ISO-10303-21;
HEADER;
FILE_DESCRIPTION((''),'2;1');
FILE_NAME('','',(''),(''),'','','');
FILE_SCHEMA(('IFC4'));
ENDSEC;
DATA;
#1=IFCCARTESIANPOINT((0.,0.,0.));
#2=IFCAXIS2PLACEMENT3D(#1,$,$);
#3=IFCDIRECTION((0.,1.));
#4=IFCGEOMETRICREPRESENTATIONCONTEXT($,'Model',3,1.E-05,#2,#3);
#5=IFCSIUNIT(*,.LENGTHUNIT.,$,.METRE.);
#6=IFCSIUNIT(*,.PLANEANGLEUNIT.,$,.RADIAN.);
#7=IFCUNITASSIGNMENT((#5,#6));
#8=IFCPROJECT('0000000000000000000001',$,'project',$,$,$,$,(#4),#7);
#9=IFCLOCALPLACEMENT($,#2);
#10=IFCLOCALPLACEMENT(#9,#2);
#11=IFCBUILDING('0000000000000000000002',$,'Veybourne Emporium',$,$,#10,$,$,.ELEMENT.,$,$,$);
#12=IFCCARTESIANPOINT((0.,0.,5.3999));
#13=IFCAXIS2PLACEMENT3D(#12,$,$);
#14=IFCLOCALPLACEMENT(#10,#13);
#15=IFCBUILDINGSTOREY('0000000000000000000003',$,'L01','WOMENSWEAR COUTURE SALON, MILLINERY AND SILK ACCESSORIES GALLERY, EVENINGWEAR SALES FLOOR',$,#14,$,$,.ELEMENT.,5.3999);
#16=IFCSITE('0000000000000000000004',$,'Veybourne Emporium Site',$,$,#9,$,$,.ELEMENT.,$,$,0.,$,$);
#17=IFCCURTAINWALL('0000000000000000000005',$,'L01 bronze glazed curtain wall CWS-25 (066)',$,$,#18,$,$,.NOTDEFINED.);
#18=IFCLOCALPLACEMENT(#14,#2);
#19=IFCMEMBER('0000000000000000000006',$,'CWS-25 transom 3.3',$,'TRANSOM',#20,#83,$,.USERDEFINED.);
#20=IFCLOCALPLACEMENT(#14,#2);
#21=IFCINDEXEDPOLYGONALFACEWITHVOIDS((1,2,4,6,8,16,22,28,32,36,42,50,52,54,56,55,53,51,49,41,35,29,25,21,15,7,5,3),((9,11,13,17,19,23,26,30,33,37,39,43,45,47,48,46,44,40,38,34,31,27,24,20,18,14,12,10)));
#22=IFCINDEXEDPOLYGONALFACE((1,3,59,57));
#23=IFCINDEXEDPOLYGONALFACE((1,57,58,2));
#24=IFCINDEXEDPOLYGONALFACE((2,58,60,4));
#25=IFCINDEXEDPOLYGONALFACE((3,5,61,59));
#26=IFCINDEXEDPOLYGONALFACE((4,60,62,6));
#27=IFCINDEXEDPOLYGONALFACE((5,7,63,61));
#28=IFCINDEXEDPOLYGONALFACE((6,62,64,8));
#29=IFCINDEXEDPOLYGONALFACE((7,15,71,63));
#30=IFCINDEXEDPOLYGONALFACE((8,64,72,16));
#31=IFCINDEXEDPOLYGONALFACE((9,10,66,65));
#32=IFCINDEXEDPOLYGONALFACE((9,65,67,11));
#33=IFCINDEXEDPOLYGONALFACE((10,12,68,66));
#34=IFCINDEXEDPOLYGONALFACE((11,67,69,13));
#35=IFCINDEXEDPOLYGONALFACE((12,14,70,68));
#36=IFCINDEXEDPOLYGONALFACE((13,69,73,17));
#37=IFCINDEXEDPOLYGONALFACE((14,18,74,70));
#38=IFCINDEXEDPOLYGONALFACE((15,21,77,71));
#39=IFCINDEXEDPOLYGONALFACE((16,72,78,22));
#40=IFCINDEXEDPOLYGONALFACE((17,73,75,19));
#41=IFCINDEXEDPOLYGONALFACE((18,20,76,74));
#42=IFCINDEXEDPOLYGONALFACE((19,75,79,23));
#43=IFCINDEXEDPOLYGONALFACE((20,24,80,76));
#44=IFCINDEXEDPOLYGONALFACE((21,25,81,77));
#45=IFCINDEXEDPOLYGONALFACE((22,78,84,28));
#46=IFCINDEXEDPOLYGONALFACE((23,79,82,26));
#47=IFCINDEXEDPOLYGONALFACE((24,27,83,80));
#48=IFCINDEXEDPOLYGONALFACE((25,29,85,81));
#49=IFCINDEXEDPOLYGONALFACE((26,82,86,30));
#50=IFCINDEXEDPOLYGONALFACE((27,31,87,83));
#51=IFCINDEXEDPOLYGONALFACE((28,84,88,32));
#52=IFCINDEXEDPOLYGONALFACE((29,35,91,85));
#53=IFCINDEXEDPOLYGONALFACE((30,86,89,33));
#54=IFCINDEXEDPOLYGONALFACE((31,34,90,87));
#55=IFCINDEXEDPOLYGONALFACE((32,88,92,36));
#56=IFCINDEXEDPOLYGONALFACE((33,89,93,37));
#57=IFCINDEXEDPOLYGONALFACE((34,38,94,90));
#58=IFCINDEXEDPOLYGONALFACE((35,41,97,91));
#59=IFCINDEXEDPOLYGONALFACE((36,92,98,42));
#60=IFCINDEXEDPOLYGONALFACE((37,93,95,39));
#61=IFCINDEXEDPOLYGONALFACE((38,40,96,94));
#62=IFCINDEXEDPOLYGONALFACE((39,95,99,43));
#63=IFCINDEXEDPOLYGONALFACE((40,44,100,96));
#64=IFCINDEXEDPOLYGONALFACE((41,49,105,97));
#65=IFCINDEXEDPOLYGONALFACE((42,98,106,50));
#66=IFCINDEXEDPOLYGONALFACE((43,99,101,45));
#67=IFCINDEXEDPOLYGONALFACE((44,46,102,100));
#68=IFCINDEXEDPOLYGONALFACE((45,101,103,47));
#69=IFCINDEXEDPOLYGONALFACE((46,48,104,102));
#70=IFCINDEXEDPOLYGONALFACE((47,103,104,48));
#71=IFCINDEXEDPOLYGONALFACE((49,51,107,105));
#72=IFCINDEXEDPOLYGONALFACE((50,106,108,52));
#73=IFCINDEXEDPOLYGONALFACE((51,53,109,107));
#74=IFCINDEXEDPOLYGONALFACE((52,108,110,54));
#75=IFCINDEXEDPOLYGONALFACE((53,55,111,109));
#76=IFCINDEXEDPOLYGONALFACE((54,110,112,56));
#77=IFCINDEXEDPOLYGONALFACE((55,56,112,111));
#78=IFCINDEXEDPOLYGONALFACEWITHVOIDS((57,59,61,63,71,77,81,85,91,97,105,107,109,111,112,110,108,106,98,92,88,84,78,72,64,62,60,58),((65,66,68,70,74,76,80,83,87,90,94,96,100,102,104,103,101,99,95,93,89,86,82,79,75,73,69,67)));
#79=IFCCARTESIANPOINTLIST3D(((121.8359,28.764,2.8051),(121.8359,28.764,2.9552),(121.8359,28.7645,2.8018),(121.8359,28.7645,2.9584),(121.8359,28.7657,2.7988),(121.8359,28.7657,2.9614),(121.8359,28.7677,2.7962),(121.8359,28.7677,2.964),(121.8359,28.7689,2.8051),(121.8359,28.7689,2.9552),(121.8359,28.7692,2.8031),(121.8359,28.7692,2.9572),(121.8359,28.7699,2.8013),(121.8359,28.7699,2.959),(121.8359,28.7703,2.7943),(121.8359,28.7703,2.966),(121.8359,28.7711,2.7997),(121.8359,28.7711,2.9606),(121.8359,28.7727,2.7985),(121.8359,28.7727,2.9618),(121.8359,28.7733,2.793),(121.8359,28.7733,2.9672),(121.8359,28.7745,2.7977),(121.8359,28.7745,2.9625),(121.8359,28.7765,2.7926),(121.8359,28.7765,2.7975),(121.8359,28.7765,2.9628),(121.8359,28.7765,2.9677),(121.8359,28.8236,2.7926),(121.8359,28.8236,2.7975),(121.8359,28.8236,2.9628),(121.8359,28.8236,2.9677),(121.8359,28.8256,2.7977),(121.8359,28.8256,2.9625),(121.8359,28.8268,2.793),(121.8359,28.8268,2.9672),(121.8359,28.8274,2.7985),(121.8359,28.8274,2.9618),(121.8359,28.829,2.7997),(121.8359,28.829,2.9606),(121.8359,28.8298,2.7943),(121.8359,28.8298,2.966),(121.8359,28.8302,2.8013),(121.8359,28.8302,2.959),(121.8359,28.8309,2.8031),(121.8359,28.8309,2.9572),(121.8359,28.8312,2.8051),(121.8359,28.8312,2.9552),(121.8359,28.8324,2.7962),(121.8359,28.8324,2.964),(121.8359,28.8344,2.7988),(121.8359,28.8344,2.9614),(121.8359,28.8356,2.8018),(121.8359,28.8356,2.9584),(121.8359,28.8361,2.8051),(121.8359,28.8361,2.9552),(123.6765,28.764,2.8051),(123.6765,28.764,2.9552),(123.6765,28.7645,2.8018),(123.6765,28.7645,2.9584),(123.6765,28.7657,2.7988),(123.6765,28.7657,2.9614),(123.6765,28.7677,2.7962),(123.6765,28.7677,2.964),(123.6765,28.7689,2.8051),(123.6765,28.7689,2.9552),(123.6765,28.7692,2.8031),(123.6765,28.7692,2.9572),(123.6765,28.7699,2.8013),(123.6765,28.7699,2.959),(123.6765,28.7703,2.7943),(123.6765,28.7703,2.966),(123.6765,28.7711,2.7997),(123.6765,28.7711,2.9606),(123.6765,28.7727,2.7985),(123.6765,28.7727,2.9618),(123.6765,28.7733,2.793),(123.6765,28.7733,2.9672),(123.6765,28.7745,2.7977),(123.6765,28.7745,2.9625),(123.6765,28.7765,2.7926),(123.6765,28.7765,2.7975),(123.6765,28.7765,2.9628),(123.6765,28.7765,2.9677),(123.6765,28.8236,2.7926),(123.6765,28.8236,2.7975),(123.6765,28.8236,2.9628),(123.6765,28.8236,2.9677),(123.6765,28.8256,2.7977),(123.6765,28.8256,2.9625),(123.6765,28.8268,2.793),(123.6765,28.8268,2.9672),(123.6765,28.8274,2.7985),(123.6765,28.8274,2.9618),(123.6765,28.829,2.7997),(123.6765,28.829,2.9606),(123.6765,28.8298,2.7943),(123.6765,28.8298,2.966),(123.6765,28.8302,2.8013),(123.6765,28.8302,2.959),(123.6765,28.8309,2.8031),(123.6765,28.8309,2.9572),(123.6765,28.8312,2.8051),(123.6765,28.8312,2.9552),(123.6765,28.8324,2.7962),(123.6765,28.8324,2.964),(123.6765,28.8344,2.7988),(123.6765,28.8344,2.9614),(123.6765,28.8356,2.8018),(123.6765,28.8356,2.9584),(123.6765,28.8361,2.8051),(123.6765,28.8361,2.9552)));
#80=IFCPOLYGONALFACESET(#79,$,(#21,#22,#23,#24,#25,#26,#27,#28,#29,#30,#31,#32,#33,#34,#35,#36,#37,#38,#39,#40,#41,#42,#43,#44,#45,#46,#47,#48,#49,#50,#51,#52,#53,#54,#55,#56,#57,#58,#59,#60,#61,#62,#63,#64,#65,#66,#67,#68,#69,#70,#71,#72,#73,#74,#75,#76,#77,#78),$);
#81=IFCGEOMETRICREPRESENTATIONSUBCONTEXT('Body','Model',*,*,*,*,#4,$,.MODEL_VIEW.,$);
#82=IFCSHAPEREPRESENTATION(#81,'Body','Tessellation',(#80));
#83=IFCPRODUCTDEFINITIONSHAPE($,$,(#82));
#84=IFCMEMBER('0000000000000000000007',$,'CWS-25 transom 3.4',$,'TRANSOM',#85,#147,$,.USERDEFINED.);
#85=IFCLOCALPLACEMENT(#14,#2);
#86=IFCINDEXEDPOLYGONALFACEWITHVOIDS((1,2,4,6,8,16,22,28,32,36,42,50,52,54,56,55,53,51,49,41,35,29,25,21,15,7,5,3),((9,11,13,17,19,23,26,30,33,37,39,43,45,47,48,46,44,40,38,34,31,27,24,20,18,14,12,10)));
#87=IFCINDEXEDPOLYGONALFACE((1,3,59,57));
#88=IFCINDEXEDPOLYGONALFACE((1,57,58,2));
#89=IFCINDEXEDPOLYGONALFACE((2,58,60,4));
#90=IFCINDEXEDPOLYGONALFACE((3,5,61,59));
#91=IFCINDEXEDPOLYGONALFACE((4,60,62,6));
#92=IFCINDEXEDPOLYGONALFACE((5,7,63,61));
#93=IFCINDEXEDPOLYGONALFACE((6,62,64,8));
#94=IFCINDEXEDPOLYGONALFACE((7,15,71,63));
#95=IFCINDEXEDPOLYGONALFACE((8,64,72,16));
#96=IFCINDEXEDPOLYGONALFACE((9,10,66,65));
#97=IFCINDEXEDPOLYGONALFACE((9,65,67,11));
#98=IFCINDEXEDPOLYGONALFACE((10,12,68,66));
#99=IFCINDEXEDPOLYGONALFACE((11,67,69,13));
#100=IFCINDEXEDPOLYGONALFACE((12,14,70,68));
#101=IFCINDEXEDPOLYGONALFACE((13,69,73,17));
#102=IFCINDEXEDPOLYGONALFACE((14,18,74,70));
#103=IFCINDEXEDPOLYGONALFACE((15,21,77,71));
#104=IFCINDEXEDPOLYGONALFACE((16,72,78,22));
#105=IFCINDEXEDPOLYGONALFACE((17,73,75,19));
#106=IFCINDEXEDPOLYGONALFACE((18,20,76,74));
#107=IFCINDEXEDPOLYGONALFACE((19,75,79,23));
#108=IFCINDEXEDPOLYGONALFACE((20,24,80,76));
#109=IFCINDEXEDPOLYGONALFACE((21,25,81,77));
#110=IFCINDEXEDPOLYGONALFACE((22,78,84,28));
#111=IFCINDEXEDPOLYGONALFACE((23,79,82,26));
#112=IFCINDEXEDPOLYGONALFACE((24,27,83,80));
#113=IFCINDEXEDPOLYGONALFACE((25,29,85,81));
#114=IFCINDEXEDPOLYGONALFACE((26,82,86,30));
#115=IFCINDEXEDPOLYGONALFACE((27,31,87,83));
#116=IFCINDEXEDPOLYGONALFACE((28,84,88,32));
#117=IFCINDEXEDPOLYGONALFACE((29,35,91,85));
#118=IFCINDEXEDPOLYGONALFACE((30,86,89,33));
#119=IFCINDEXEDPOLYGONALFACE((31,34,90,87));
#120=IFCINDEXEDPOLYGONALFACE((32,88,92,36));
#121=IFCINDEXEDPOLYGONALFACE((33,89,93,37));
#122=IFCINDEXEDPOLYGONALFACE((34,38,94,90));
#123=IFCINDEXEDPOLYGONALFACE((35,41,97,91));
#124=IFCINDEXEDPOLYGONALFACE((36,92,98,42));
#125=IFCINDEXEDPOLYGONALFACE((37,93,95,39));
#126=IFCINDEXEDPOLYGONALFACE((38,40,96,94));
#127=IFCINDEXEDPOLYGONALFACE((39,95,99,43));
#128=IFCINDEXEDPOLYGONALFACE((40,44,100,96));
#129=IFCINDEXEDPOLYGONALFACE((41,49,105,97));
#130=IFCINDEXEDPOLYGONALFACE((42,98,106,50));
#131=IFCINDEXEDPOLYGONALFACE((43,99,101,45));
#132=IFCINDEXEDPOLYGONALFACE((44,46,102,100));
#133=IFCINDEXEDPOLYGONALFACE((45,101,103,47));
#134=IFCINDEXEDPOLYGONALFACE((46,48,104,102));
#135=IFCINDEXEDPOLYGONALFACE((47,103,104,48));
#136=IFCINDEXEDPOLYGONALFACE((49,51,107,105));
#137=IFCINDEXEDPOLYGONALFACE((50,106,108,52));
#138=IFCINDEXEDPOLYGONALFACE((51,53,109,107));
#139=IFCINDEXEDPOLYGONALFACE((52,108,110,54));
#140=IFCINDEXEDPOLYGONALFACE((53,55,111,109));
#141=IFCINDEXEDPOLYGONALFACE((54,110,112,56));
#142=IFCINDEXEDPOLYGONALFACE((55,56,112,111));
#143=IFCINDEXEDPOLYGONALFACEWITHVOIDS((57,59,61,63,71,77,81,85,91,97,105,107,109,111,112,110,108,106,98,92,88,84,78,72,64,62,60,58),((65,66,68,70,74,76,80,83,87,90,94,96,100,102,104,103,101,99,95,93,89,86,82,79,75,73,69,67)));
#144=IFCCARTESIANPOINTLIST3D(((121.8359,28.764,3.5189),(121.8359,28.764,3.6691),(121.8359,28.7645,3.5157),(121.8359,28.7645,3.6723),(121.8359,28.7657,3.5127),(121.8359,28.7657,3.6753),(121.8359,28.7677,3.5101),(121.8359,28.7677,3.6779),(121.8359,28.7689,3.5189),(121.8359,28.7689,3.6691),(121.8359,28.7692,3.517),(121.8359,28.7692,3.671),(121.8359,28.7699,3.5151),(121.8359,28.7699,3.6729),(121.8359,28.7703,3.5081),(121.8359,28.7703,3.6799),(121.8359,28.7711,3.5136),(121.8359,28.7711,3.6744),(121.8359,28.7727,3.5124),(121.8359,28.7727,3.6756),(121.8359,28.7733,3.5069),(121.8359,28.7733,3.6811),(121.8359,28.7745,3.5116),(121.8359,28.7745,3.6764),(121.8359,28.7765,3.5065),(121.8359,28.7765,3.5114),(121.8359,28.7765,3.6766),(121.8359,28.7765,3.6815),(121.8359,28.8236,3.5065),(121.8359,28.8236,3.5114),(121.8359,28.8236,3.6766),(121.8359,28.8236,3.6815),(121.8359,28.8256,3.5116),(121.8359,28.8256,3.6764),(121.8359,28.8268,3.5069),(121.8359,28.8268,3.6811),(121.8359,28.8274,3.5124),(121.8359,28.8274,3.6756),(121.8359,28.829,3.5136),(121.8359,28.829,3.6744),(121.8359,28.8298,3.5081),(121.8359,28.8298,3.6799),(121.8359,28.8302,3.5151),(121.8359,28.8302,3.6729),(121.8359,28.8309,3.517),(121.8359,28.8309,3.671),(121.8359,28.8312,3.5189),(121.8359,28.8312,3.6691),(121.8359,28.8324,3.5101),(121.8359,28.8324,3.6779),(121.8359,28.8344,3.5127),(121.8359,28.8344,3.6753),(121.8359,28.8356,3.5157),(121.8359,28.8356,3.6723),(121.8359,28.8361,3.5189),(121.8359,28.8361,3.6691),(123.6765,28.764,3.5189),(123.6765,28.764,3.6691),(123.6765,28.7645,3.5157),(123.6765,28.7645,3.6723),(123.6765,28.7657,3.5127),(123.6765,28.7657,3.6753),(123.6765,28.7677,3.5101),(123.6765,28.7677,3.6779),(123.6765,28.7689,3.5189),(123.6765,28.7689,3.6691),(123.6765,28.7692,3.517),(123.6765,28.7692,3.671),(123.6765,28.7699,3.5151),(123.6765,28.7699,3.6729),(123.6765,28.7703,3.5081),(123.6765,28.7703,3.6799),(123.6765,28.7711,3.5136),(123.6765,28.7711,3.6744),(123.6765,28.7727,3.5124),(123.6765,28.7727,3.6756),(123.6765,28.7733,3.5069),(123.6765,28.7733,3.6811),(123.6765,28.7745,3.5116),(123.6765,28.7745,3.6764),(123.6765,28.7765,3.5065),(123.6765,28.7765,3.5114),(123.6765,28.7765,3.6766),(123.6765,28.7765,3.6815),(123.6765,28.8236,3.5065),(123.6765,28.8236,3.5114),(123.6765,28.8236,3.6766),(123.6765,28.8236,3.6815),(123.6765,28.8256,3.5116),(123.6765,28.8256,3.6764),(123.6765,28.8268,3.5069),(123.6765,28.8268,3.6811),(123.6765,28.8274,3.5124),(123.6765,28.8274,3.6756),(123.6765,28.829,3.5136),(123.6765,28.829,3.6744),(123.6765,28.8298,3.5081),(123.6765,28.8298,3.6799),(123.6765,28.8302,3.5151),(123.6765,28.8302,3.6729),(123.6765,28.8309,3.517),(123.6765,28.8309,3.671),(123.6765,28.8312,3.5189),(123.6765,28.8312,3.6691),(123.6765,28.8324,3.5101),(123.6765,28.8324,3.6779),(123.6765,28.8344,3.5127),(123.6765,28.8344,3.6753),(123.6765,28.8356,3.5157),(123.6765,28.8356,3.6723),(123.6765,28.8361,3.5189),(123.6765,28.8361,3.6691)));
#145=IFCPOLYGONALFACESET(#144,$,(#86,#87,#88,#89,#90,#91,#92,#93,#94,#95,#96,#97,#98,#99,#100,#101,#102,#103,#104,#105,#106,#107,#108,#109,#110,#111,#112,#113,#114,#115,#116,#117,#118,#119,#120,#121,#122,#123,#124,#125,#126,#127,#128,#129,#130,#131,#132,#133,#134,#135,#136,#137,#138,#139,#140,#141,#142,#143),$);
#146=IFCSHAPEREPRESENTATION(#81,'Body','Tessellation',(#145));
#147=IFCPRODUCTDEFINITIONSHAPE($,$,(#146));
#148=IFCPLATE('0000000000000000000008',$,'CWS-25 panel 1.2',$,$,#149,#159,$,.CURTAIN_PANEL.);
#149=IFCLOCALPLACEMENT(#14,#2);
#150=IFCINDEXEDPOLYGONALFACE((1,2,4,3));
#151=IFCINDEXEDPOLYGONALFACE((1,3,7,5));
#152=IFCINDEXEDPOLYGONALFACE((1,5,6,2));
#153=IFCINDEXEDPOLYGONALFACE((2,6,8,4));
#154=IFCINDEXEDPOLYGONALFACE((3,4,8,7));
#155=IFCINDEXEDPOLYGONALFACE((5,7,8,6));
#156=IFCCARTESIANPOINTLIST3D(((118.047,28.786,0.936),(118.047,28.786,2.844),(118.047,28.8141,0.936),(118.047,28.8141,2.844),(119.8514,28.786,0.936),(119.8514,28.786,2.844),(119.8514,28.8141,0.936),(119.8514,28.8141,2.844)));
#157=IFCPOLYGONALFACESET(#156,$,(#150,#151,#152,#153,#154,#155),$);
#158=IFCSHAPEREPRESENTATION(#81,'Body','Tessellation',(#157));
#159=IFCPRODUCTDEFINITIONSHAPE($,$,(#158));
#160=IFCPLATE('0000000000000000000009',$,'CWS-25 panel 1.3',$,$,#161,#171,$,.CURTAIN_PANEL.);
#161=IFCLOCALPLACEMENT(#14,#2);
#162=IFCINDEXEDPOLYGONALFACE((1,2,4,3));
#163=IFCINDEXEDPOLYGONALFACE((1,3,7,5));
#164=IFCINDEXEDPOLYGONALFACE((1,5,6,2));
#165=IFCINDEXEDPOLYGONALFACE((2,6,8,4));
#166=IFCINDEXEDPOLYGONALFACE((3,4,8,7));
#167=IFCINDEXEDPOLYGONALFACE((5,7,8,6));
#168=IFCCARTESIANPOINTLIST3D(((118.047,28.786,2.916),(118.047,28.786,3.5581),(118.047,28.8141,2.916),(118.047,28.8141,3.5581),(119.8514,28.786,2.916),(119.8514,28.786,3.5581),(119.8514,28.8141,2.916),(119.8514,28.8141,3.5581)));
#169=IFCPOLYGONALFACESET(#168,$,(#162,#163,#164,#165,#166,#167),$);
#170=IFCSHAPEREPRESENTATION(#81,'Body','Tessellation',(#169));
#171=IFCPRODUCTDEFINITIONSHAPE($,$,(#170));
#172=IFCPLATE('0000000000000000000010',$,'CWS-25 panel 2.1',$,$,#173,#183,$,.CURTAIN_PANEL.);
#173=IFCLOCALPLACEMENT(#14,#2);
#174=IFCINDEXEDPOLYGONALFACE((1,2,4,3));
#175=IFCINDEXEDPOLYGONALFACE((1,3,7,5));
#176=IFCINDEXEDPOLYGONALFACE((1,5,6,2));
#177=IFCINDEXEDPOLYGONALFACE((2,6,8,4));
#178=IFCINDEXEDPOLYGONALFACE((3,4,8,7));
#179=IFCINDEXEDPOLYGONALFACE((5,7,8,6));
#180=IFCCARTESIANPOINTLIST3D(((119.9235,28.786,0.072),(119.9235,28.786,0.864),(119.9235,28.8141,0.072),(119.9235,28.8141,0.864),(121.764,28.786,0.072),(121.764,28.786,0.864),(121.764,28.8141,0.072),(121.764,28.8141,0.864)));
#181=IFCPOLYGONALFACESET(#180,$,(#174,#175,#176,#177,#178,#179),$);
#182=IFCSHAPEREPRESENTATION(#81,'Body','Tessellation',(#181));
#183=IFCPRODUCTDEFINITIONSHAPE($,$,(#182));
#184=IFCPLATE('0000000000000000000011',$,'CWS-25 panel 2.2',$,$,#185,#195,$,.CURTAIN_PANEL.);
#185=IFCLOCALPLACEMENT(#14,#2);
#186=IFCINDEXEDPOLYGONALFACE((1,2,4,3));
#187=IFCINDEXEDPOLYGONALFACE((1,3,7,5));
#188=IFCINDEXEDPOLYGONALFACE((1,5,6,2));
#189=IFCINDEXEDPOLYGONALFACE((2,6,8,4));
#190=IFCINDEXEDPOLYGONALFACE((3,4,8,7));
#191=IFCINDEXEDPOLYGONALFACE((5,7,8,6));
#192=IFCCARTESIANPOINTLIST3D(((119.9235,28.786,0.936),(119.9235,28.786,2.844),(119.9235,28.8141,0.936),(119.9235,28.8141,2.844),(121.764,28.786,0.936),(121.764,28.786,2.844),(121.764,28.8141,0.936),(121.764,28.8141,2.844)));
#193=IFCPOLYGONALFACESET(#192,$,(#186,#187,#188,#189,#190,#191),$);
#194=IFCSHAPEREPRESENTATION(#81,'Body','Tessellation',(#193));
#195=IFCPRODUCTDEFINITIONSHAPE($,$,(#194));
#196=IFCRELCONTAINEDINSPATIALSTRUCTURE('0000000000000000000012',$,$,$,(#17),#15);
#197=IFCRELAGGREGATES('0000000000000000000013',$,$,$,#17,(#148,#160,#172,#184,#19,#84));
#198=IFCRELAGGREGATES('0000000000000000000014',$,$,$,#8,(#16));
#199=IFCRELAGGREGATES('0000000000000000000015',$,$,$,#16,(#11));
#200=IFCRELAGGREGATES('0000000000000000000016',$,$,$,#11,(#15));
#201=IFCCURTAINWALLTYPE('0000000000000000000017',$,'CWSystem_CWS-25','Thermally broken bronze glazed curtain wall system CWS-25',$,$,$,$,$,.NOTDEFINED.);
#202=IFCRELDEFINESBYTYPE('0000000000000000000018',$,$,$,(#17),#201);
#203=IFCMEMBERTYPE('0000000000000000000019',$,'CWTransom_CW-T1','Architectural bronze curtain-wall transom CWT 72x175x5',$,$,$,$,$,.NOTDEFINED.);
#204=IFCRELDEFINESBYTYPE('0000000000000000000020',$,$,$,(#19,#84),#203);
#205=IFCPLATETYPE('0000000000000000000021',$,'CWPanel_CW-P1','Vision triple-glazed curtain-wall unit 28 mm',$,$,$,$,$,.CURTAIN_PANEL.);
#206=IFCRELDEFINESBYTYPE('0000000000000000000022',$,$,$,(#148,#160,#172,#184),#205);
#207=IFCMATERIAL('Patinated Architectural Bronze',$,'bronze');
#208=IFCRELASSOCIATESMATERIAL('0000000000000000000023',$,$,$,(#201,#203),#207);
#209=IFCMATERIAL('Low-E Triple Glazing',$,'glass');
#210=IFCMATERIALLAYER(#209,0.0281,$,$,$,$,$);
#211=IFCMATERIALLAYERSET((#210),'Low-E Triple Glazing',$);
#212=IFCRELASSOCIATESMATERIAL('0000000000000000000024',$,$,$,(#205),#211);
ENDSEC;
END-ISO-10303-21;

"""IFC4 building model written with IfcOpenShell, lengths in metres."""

from ifc_helpers import new_model, si_unit, direction, frame, origin, origin_2d, place, context, subcontext, project, spatial, rectangle, hollow_rectangle, extrude, material, layer, layer_set, material_profile, profile_set, type_object, element, aggregate, save


model = new_model("IFC4")

# Units and contexts
model_context = context("Model", 3, precision=1e-05, world=origin(), true_north=direction((0.0, 1.0)))
body_context = subcontext(model_context, "Body", "Model", "MODEL_VIEW")
ifc_project = project(units=[si_unit("LENGTHUNIT", "METRE"), si_unit("PLANEANGLEUNIT", "RADIAN")], contexts=[model_context])

# Site, building, storey
site_placement = place(None, origin())
site = spatial("IfcSite", under=ifc_project, at=site_placement, Name="Veybourne Emporium Site", CompositionType="ELEMENT", RefElevation=0.0)
building_placement = place(site_placement, origin())
building = spatial("IfcBuilding", under=site, at=building_placement, Name="Veybourne Emporium", CompositionType="ELEMENT")
storey_placement = place(building_placement, frame((0.0, 0.0, 5.3999)))
storey = spatial("IfcBuildingStorey", under=building, at=storey_placement, Name="L01", Description="WOMENSWEAR COUTURE SALON, MILLINERY AND SILK ACCESSORIES GALLERY, EVENINGWEAR SALES FLOOR", CompositionType="ELEMENT", Elevation=5.3999)

# Curtain wall, members, plates
ifc_material_1 = material(Name="Patinated Architectural Bronze", Category="bronze")
curtain_wall_type = type_object("IfcCurtainWallType", Name="CWSystem_CWS-25", Description="Thermally broken bronze glazed curtain wall system CWS-25", PredefinedType="NOTDEFINED", material=ifc_material_1)
curtain_wall_placement = place(storey_placement, origin())
curtain_wall = element("IfcCurtainWall", 1, at=curtain_wall_placement, inside=storey, type_object=curtain_wall_type, Name="L01 bronze glazed curtain wall CWS-25 (066)", PredefinedType="NOTDEFINED")
ifc_material_profile_1 = material_profile(ifc_material_1, hollow_rectangle(XDim=0.072, YDim=0.175, WallThickness=0.0049, InnerFilletRadius=0.0076, OuterFilletRadius=0.0125, at=origin_2d()), Name="CWT 72x175x5")
ifc_profile_set_1 = profile_set([ifc_material_profile_1], Name="Patinated Architectural Bronze")
member_type_1 = type_object("IfcMemberType", Name="CWTransom_CW-T1", Description="Architectural bronze curtain-wall transom CWT 72x175x5", PredefinedType="NOTDEFINED", material=ifc_profile_set_1)
member_1_placement = place(storey_placement, frame((121.8359, 28.8, 2.8801), z_axis=(1.0, 0.0, 0.0), x_axis=(0.0, 1.0, 0.0)))
member_1 = element("IfcMember", 2, at=member_1_placement, type_object=member_type_1, Name="CWS-25 transom 3.3", ObjectType="TRANSOM", PredefinedType="USERDEFINED", context=body_context, shape_type="SweptSolid", body=[
    extrude(hollow_rectangle(XDim=0.072, YDim=0.175, WallThickness=0.0049, InnerFilletRadius=0.0076, OuterFilletRadius=0.0125, at=origin_2d()), origin(), (0.0, 0.0, 1.0), 1.8406),
])
member_2_placement = place(storey_placement, frame((121.8359, 28.8, 3.594), z_axis=(1.0, 0.0, 0.0), x_axis=(0.0, 1.0, 0.0)))
member_2 = element("IfcMember", 3, at=member_2_placement, type_object=member_type_1, Name="CWS-25 transom 3.4", ObjectType="TRANSOM", PredefinedType="USERDEFINED", context=body_context, shape_type="SweptSolid", body=[
    extrude(hollow_rectangle(XDim=0.072, YDim=0.175, WallThickness=0.0049, InnerFilletRadius=0.0076, OuterFilletRadius=0.0125, at=origin_2d()), origin(), (0.0, 0.0, 1.0), 1.8406),
])
ifc_material_2 = material(Name="Low-E Triple Glazing", Category="glass")
ifc_layer_1 = layer(ifc_material_2, 0.0281)
ifc_layer_set_1 = layer_set([ifc_layer_1], Name="Low-E Triple Glazing")
plate_type = type_object("IfcPlateType", Name="CWPanel_CW-P1", Description="Vision triple-glazed curtain-wall unit 28 mm", PredefinedType="CURTAIN_PANEL", material=ifc_layer_set_1)
plate_1_placement = place(storey_placement, frame((118.9492, 28.8, 0.936), z_axis=(0.0, 0.0, 1.0), x_axis=(1.0, 0.0, 0.0)))
plate_1 = element("IfcPlate", 4, at=plate_1_placement, type_object=plate_type, Name="CWS-25 panel 1.2", PredefinedType="CURTAIN_PANEL", context=body_context, shape_type="SweptSolid", body=[
    extrude(rectangle(XDim=1.8044, YDim=0.0281, at=origin_2d()), origin(), (0.0, 0.0, 1.0), 1.908),
])
plate_2_placement = place(storey_placement, frame((118.9492, 28.8, 2.916), z_axis=(0.0, 0.0, 1.0), x_axis=(1.0, 0.0, 0.0)))
plate_2 = element("IfcPlate", 5, at=plate_2_placement, type_object=plate_type, Name="CWS-25 panel 1.3", PredefinedType="CURTAIN_PANEL", context=body_context, shape_type="SweptSolid", body=[
    extrude(rectangle(XDim=1.8044, YDim=0.0281, at=origin_2d()), origin(), (0.0, 0.0, 1.0), 0.6421),
])
plate_3_placement = place(storey_placement, frame((120.8438, 28.8, 0.072), z_axis=(0.0, 0.0, 1.0), x_axis=(1.0, 0.0, 0.0)))
plate_3 = element("IfcPlate", 6, at=plate_3_placement, type_object=plate_type, Name="CWS-25 panel 2.1", PredefinedType="CURTAIN_PANEL", context=body_context, shape_type="SweptSolid", body=[
    extrude(rectangle(XDim=1.8406, YDim=0.0281, at=origin_2d()), origin(), (0.0, 0.0, 1.0), 0.792),
])
plate_4_placement = place(storey_placement, frame((120.8438, 28.8, 0.936), z_axis=(0.0, 0.0, 1.0), x_axis=(1.0, 0.0, 0.0)))
plate_4 = element("IfcPlate", 7, at=plate_4_placement, type_object=plate_type, Name="CWS-25 panel 2.2", PredefinedType="CURTAIN_PANEL", context=body_context, shape_type="SweptSolid", body=[
    extrude(rectangle(XDim=1.8406, YDim=0.0281, at=origin_2d()), origin(), (0.0, 0.0, 1.0), 1.908),
])
aggregate(curtain_wall, [plate_1, plate_2, plate_3, plate_4, member_1, member_2])

save(model, "model.ifc")
